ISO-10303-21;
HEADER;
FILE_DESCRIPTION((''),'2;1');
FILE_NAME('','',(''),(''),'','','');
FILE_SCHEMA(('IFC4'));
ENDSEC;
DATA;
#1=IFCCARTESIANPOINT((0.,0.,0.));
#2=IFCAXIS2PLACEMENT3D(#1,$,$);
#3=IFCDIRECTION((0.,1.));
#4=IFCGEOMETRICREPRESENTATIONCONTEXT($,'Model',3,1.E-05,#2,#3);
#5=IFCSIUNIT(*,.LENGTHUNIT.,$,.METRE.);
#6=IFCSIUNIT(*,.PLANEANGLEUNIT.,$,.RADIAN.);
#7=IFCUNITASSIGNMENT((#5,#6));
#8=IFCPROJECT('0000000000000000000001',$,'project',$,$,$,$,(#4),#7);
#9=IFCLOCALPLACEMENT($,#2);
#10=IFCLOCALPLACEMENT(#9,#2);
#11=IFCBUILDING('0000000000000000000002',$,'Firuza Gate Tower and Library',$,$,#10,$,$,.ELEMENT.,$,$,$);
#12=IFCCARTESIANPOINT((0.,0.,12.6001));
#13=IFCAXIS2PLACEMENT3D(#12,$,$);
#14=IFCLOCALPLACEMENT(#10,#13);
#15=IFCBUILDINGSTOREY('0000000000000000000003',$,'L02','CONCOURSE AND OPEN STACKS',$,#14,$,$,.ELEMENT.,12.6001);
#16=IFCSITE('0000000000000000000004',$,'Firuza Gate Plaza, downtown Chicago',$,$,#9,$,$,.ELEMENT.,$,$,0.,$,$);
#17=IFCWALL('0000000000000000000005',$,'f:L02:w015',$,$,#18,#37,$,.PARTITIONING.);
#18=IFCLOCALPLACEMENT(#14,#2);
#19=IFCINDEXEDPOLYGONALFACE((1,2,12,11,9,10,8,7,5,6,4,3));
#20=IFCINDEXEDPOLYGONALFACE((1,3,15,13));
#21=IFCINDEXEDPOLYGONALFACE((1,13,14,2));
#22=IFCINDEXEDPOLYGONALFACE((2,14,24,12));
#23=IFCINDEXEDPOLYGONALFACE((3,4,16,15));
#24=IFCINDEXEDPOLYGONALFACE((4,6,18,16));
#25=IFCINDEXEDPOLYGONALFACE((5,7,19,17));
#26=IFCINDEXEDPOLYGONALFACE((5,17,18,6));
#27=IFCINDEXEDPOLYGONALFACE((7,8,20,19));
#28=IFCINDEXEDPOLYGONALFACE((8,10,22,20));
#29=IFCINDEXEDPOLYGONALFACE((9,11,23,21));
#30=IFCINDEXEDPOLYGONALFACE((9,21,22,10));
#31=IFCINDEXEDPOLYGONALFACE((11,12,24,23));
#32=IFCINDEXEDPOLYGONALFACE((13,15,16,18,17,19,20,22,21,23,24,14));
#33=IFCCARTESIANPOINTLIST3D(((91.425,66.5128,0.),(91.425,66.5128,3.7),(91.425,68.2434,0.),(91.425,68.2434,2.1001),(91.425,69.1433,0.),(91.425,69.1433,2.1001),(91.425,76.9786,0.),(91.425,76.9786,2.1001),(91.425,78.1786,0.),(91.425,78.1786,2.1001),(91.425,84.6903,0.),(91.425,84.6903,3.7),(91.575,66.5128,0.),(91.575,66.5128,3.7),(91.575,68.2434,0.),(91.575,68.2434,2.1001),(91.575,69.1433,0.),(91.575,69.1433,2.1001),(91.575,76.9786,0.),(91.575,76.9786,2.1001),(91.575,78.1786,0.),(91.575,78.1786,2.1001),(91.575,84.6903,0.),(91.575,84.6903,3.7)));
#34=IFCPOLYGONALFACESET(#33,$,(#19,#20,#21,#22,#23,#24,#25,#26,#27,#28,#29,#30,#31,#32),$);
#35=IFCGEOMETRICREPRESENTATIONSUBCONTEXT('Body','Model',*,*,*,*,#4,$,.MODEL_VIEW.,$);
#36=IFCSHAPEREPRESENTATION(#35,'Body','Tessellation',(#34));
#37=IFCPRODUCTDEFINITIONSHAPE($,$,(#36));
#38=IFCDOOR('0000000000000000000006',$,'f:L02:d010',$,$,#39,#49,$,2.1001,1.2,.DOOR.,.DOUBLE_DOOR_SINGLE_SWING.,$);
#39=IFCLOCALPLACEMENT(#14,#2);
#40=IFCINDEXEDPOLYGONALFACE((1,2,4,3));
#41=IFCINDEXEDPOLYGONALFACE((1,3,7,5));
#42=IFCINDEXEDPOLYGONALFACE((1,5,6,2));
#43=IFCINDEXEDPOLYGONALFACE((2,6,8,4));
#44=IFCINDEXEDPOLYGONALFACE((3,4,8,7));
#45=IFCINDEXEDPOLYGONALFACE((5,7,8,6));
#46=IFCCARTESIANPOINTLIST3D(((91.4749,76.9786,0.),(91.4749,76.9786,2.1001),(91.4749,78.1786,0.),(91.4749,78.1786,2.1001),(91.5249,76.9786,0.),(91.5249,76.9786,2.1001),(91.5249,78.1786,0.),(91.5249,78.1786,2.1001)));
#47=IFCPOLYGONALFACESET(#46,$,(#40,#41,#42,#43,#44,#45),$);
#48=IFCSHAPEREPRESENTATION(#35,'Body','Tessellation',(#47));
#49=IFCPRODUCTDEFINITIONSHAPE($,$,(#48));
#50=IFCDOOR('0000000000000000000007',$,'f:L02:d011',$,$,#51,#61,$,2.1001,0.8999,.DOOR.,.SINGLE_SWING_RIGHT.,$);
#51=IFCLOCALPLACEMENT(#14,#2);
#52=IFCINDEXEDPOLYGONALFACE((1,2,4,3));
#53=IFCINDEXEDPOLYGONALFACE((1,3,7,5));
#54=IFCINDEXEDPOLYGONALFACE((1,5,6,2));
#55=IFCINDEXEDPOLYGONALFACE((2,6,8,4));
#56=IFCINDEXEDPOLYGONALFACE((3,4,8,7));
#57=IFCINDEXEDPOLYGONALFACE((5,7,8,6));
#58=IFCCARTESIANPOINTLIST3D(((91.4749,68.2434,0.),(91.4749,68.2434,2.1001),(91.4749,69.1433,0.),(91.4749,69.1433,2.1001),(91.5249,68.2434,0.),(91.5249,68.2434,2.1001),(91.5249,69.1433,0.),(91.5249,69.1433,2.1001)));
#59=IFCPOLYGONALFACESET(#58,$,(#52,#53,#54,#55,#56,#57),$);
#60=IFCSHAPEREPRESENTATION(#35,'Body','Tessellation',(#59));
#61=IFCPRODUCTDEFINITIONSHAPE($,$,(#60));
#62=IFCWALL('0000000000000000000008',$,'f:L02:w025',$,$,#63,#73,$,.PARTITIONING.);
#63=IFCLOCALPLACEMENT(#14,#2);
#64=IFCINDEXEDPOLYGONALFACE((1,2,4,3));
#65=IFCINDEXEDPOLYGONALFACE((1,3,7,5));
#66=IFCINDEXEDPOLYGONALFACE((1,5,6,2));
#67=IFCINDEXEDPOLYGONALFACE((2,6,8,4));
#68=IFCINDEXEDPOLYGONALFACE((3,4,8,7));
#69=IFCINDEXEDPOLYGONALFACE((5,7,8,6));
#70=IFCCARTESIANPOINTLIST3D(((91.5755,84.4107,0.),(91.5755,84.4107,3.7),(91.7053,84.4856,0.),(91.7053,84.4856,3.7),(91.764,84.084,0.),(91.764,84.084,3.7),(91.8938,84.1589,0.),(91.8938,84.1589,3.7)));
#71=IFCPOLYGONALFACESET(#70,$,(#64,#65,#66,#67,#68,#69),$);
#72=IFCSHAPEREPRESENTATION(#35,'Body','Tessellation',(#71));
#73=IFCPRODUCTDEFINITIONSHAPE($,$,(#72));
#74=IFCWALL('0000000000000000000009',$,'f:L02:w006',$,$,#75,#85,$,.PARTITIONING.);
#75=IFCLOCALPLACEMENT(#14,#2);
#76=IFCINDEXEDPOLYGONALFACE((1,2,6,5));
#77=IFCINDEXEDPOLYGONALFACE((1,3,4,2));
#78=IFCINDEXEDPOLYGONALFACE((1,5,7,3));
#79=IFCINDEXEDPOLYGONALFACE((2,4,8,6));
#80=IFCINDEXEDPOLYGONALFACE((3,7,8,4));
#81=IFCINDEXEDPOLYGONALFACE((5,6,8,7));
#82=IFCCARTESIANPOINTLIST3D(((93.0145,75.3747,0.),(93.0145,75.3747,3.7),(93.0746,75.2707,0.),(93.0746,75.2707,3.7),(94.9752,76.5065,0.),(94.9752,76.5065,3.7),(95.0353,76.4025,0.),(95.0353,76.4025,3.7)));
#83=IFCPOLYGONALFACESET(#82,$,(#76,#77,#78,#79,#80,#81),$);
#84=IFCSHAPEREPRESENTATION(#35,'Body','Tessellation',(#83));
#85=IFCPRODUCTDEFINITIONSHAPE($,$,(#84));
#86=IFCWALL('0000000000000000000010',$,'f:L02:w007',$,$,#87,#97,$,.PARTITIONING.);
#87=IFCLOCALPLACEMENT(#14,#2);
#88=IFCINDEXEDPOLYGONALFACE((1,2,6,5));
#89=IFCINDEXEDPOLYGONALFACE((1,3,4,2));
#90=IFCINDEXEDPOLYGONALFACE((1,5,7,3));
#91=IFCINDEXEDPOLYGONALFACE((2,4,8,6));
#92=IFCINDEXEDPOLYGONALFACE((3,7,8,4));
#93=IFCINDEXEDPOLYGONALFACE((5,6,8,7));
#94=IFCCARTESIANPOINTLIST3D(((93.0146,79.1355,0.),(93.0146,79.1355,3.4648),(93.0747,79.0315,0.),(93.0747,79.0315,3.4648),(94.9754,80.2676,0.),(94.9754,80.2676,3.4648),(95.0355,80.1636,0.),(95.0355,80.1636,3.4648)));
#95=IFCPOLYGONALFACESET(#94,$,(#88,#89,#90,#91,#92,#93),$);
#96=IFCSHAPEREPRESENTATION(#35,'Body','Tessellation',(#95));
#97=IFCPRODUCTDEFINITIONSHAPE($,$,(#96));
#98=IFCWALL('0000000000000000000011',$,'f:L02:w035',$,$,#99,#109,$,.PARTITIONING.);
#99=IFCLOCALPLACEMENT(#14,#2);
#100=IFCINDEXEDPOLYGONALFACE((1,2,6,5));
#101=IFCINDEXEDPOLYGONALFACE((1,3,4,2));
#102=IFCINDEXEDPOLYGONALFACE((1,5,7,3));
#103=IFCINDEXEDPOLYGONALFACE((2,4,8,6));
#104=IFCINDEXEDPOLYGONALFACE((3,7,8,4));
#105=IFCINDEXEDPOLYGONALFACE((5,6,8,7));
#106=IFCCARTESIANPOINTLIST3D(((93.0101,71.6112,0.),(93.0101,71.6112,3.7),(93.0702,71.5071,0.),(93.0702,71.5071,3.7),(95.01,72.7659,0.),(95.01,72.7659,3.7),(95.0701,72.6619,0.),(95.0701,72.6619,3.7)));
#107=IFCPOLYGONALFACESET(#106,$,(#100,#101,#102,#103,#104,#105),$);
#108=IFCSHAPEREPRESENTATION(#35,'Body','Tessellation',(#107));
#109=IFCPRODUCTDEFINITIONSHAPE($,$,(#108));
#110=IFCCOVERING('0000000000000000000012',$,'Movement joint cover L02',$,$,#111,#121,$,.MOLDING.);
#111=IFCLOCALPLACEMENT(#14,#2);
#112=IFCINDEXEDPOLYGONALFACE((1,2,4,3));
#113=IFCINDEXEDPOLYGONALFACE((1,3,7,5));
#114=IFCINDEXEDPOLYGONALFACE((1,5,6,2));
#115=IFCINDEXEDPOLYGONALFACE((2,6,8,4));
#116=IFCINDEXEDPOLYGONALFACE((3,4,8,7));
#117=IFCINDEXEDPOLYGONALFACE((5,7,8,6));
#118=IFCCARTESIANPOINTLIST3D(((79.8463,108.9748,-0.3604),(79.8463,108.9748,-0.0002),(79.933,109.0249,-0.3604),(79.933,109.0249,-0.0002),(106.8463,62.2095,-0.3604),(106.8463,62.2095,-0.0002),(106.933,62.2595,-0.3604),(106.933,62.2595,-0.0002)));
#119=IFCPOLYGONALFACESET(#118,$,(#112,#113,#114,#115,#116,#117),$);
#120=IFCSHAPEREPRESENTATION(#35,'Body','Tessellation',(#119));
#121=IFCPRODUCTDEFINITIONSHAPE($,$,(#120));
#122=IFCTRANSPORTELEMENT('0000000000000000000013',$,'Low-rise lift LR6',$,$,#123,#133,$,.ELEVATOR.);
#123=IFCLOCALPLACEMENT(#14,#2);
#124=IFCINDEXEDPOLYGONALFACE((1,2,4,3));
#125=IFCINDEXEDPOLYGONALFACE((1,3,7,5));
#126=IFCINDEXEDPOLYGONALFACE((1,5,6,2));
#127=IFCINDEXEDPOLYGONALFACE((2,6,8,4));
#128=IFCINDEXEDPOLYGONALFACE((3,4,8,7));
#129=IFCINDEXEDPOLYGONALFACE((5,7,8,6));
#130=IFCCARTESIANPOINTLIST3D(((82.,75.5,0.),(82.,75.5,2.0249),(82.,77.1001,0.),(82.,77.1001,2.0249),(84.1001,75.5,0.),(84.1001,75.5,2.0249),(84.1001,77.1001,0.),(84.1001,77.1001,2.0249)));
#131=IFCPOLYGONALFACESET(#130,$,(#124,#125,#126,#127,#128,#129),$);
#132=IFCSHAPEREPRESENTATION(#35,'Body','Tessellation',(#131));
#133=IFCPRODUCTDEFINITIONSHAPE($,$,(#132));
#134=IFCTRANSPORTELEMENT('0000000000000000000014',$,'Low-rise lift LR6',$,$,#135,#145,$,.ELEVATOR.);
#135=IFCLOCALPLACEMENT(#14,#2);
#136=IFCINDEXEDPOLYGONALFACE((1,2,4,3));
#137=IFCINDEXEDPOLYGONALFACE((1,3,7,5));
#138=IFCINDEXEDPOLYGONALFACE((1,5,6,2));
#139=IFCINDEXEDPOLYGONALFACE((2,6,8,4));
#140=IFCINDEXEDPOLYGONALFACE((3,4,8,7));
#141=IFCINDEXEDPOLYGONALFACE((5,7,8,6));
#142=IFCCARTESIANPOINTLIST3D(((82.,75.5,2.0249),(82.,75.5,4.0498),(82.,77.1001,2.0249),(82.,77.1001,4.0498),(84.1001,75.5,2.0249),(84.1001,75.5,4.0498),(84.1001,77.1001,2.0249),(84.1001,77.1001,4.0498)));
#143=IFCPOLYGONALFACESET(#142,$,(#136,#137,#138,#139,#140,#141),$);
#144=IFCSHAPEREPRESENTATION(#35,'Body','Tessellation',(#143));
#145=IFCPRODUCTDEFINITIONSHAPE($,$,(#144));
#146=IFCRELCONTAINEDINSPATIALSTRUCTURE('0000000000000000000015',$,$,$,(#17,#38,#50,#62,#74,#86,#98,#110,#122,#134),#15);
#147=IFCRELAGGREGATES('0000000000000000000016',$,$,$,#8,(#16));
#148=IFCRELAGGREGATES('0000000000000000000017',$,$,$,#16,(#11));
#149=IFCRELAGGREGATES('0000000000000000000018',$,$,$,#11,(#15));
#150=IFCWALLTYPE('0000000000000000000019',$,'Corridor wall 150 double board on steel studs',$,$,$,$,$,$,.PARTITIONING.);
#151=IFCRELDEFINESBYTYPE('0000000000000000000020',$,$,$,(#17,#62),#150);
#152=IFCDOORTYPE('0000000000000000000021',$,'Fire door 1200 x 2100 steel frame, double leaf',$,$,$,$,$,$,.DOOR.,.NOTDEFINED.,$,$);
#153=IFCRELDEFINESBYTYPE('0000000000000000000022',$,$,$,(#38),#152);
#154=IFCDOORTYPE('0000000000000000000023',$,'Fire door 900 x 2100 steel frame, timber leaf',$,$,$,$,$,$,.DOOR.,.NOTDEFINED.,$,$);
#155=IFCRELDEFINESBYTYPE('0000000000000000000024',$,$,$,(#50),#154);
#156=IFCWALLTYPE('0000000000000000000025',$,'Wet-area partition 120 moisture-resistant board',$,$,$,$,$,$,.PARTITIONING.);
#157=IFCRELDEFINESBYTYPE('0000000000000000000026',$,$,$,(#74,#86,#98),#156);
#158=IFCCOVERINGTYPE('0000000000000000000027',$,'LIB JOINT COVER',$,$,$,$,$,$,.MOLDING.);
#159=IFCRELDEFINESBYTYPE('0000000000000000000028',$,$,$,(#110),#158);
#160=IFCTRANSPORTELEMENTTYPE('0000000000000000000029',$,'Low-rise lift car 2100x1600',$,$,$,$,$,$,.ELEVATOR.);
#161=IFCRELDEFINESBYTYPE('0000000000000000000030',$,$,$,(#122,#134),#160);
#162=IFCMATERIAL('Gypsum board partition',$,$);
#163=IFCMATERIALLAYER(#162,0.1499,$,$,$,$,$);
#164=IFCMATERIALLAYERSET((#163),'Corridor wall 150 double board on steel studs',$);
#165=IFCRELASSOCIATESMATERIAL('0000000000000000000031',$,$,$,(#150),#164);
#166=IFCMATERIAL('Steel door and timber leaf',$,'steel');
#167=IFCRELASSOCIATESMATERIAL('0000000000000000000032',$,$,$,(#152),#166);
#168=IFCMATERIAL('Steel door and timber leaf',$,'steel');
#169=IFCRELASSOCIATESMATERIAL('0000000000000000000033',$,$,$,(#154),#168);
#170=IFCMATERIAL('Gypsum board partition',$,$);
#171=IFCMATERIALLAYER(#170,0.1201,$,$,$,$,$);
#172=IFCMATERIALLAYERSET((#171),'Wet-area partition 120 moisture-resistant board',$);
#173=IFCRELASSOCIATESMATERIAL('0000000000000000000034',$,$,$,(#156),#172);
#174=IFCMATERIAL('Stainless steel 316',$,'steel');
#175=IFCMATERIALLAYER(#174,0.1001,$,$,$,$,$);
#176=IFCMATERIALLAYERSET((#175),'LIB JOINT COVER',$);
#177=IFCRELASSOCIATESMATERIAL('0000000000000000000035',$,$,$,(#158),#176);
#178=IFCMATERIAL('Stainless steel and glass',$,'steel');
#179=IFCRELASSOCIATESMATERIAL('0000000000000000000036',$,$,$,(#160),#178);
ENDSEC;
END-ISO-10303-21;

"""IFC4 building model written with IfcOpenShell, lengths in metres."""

from ifc_helpers import new_model, si_unit, direction, frame, frame_2d, origin, origin_2d, place, context, subcontext, project, spatial, rectangle, extrude, material, layer, layer_set, type_object, element, fill, save


model = new_model("IFC4")

# Units and contexts
model_context = context("Model", 3, precision=1e-05, world=origin(), true_north=direction((0.0, 1.0)))
body_context = subcontext(model_context, "Body", "Model", "MODEL_VIEW")
ifc_project = project(units=[si_unit("LENGTHUNIT", "METRE"), si_unit("PLANEANGLEUNIT", "RADIAN")], contexts=[model_context])

# Site, building, storey
site_placement = place(None, origin())
site = spatial("IfcSite", under=ifc_project, at=site_placement, Name="Firuza Gate Plaza, downtown Chicago", CompositionType="ELEMENT", RefElevation=0.0)
building_placement = place(site_placement, origin())
building = spatial("IfcBuilding", under=site, at=building_placement, Name="Firuza Gate Tower and Library", CompositionType="ELEMENT")
storey_placement = place(building_placement, frame((0.0, 0.0, 12.6001)))
storey = spatial("IfcBuildingStorey", under=building, at=storey_placement, Name="L02", Description="CONCOURSE AND OPEN STACKS", CompositionType="ELEMENT", Elevation=12.6001)

# Shared definitions
ifc_material_1 = material(Name="Gypsum board partition")
ifc_layer_1 = layer(ifc_material_1, 0.1499)
ifc_layer_set_1 = layer_set([ifc_layer_1], Name="Corridor wall 150 double board on steel studs")
wall_type_1 = type_object("IfcWallType", Name="Corridor wall 150 double board on steel studs", PredefinedType="PARTITIONING", material=ifc_layer_set_1)

# Wall, openings, doors
wall_1_placement = place(storey_placement, frame((91.5, 84.6904, 0.0), z_axis=(0.0, 0.0, 1.0), x_axis=(0.0, -1.0, 0.0)))
wall_1 = element("IfcWall", 1, at=wall_1_placement, inside=storey, type_object=wall_type_1, Name="f:L02:w015", PredefinedType="PARTITIONING", context=body_context, shape_type="SweptSolid", body=[
    extrude(rectangle(XDim=18.1775, YDim=0.1499, at=frame_2d((9.0889, 0.0))), origin(), (0.0, 0.0, 1.0), 3.7),
])
opening_1_placement = place(wall_1_placement, frame((6.5117, 0.0, 0.0)))
opening_1 = element("IfcOpeningElement", 2, at=opening_1_placement, cuts=wall_1, PredefinedType="OPENING", context=body_context, shape_type="SweptSolid", body=[
    extrude(rectangle(XDim=1.2, YDim=2.1001, at=frame_2d((0.6001, 1.05))), frame((0.0, 0.085, 0.0), z_axis=(0.0, -1.0, 0.0), x_axis=(1.0, 0.0, 0.0)), (0.0, 0.0, 1.0), 0.1699),
])
opening_2_placement = place(wall_1_placement, frame((15.5471, 0.0, 0.0)))
opening_2 = element("IfcOpeningElement", 3, at=opening_2_placement, cuts=wall_1, PredefinedType="OPENING", context=body_context, shape_type="SweptSolid", body=[
    extrude(rectangle(XDim=0.8999, YDim=2.1001, at=frame_2d((0.45, 1.05))), frame((0.0, 0.085, 0.0), z_axis=(0.0, -1.0, 0.0), x_axis=(1.0, 0.0, 0.0)), (0.0, 0.0, 1.0), 0.1699),
])
ifc_material_2 = material(Name="Steel door and timber leaf", Category="steel")
door_type_1 = type_object("IfcDoorType", Name="Fire door 1200 x 2100 steel frame, double leaf", OperationType="NOTDEFINED", PredefinedType="DOOR", material=ifc_material_2)
door_1_placement = place(opening_1_placement, origin())
door_1 = element("IfcDoor", 4, at=door_1_placement, inside=storey, type_object=door_type_1, Name="f:L02:d010", OperationType="DOUBLE_DOOR_SINGLE_SWING", OverallHeight=2.1001, OverallWidth=1.2, PredefinedType="DOOR", context=body_context, shape_type="SweptSolid", body=[
    extrude(rectangle(XDim=1.2, YDim=2.1001, at=frame_2d((0.6001, 1.05))), frame((0.0, 0.0249, 0.0), z_axis=(0.0, -1.0, 0.0), x_axis=(1.0, 0.0, 0.0)), (0.0, 0.0, 1.0), 0.05),
])
fill(opening_1, door_1)
ifc_material_3 = material(Name="Steel door and timber leaf", Category="steel")
door_type_2 = type_object("IfcDoorType", Name="Fire door 900 x 2100 steel frame, timber leaf", OperationType="NOTDEFINED", PredefinedType="DOOR", material=ifc_material_3)
door_2_placement = place(opening_2_placement, origin())
door_2 = element("IfcDoor", 5, at=door_2_placement, inside=storey, type_object=door_type_2, Name="f:L02:d011", OperationType="SINGLE_SWING_RIGHT", OverallHeight=2.1001, OverallWidth=0.8999, PredefinedType="DOOR", context=body_context, shape_type="SweptSolid", body=[
    extrude(rectangle(XDim=0.8999, YDim=2.1001, at=frame_2d((0.45, 1.05))), frame((0.0, 0.0249, 0.0), z_axis=(0.0, -1.0, 0.0), x_axis=(1.0, 0.0, 0.0)), (0.0, 0.0, 1.0), 0.05),
])
fill(opening_2, door_2)

# Walls
wall_2_placement = place(storey_placement, frame((91.8289, 84.1216, 0.0), z_axis=(0.0, 0.0, 1.0), x_axis=(-0.49976, 0.866164, 0.0)))
element("IfcWall", 6, at=wall_2_placement, inside=storey, type_object=wall_type_1, Name="f:L02:w025", PredefinedType="PARTITIONING", context=body_context, shape_type="SweptSolid", body=[
    extrude(rectangle(XDim=0.3772, YDim=0.1499, at=frame_2d((0.1885, 0.0))), origin(), (0.0, 0.0, 1.0), 3.7),
])
ifc_material_4 = material(Name="Gypsum board partition")
ifc_layer_2 = layer(ifc_material_4, 0.1201)
ifc_layer_set_2 = layer_set([ifc_layer_2], Name="Wet-area partition 120 moisture-resistant board")
wall_type_2 = type_object("IfcWallType", Name="Wet-area partition 120 moisture-resistant board", PredefinedType="PARTITIONING", material=ifc_layer_set_2)
wall_3_placement = place(storey_placement, frame((93.0447, 75.3228, 0.0), z_axis=(0.0, 0.0, 1.0), x_axis=(0.866058, 0.499943, 0.0)))
element("IfcWall", 7, at=wall_3_placement, inside=storey, type_object=wall_type_2, Name="f:L02:w006", PredefinedType="PARTITIONING", context=body_context, shape_type="SweptSolid", body=[
    extrude(rectangle(XDim=2.2639, YDim=0.1201, at=frame_2d((1.1318, 0.0))), origin(), (0.0, 0.0, 1.0), 3.7),
])
wall_4_placement = place(storey_placement, frame((93.0447, 79.0835, 0.0), z_axis=(0.0, 0.0, 1.0), x_axis=(0.866011, 0.500024, 0.0)))
element("IfcWall", 8, at=wall_4_placement, inside=storey, type_object=wall_type_2, Name="f:L02:w007", PredefinedType="PARTITIONING", context=body_context, shape_type="SweptSolid", body=[
    extrude(rectangle(XDim=2.2642, YDim=0.1201, at=frame_2d((1.1321, 0.0))), origin(), (0.0, 0.0, 1.0), 3.4648),
])
wall_5_placement = place(storey_placement, frame((93.04, 71.5591, 0.0), z_axis=(0.0, 0.0, 1.0), x_axis=(0.86601, 0.500027, 0.0)))
element("IfcWall", 9, at=wall_5_placement, inside=storey, type_object=wall_type_2, Name="f:L02:w035", PredefinedType="PARTITIONING", context=body_context, shape_type="SweptSolid", body=[
    extrude(rectangle(XDim=2.3093, YDim=0.1201, at=frame_2d((1.1548, 0.0))), origin(), (0.0, 0.0, 1.0), 3.7),
])

# Covering
ifc_material_5 = material(Name="Stainless steel 316", Category="steel")
ifc_layer_3 = layer(ifc_material_5, 0.1001)
ifc_layer_set_3 = layer_set([ifc_layer_3], Name="LIB JOINT COVER")
covering_type = type_object("IfcCoveringType", Name="LIB JOINT COVER", PredefinedType="MOLDING", material=ifc_layer_set_3)
covering_placement = place(storey_placement, frame((93.3896, 85.6172, -0.3604), z_axis=(0.0, 0.0, 1.0), x_axis=(-0.5, 0.866025, 0.0)))
element("IfcCovering", 10, at=covering_placement, inside=storey, type_object=covering_type, Name="Movement joint cover L02", PredefinedType="MOLDING", context=body_context, shape_type="SweptSolid", body=[
    extrude(rectangle(XDim=54.0, YDim=0.1001, at=origin_2d()), origin(), (0.0, 0.0, 1.0), 0.3601),
])

# Transport elements
ifc_material_6 = material(Name="Stainless steel and glass", Category="steel")
transport_element_type = type_object("IfcTransportElementType", Name="Low-rise lift car 2100x1600", PredefinedType="ELEVATOR", material=ifc_material_6)
for number, where, z_axis, x_axis, name in (
    (11, (83.05, 76.3, 0.0), (0.0, 0.0, 1.0), (1.0, 0.0, 0.0), "Low-rise lift LR6"),
    (12, (83.05, 76.3, 2.0249), (0.0, 0.0, 1.0), (1.0, 0.0, 0.0), "Low-rise lift LR6"),
):
    element("IfcTransportElement", number, at=place(storey_placement, frame(where, z_axis=z_axis, x_axis=x_axis)), inside=storey, type_object=transport_element_type, Name=name, PredefinedType="ELEVATOR", context=body_context, shape_type="SweptSolid", body=[
        extrude(rectangle(XDim=2.1001, YDim=1.6001, at=origin_2d()), origin(), (0.0, 0.0, 1.0), 2.0249),
    ])

save(model, "model.ifc")
